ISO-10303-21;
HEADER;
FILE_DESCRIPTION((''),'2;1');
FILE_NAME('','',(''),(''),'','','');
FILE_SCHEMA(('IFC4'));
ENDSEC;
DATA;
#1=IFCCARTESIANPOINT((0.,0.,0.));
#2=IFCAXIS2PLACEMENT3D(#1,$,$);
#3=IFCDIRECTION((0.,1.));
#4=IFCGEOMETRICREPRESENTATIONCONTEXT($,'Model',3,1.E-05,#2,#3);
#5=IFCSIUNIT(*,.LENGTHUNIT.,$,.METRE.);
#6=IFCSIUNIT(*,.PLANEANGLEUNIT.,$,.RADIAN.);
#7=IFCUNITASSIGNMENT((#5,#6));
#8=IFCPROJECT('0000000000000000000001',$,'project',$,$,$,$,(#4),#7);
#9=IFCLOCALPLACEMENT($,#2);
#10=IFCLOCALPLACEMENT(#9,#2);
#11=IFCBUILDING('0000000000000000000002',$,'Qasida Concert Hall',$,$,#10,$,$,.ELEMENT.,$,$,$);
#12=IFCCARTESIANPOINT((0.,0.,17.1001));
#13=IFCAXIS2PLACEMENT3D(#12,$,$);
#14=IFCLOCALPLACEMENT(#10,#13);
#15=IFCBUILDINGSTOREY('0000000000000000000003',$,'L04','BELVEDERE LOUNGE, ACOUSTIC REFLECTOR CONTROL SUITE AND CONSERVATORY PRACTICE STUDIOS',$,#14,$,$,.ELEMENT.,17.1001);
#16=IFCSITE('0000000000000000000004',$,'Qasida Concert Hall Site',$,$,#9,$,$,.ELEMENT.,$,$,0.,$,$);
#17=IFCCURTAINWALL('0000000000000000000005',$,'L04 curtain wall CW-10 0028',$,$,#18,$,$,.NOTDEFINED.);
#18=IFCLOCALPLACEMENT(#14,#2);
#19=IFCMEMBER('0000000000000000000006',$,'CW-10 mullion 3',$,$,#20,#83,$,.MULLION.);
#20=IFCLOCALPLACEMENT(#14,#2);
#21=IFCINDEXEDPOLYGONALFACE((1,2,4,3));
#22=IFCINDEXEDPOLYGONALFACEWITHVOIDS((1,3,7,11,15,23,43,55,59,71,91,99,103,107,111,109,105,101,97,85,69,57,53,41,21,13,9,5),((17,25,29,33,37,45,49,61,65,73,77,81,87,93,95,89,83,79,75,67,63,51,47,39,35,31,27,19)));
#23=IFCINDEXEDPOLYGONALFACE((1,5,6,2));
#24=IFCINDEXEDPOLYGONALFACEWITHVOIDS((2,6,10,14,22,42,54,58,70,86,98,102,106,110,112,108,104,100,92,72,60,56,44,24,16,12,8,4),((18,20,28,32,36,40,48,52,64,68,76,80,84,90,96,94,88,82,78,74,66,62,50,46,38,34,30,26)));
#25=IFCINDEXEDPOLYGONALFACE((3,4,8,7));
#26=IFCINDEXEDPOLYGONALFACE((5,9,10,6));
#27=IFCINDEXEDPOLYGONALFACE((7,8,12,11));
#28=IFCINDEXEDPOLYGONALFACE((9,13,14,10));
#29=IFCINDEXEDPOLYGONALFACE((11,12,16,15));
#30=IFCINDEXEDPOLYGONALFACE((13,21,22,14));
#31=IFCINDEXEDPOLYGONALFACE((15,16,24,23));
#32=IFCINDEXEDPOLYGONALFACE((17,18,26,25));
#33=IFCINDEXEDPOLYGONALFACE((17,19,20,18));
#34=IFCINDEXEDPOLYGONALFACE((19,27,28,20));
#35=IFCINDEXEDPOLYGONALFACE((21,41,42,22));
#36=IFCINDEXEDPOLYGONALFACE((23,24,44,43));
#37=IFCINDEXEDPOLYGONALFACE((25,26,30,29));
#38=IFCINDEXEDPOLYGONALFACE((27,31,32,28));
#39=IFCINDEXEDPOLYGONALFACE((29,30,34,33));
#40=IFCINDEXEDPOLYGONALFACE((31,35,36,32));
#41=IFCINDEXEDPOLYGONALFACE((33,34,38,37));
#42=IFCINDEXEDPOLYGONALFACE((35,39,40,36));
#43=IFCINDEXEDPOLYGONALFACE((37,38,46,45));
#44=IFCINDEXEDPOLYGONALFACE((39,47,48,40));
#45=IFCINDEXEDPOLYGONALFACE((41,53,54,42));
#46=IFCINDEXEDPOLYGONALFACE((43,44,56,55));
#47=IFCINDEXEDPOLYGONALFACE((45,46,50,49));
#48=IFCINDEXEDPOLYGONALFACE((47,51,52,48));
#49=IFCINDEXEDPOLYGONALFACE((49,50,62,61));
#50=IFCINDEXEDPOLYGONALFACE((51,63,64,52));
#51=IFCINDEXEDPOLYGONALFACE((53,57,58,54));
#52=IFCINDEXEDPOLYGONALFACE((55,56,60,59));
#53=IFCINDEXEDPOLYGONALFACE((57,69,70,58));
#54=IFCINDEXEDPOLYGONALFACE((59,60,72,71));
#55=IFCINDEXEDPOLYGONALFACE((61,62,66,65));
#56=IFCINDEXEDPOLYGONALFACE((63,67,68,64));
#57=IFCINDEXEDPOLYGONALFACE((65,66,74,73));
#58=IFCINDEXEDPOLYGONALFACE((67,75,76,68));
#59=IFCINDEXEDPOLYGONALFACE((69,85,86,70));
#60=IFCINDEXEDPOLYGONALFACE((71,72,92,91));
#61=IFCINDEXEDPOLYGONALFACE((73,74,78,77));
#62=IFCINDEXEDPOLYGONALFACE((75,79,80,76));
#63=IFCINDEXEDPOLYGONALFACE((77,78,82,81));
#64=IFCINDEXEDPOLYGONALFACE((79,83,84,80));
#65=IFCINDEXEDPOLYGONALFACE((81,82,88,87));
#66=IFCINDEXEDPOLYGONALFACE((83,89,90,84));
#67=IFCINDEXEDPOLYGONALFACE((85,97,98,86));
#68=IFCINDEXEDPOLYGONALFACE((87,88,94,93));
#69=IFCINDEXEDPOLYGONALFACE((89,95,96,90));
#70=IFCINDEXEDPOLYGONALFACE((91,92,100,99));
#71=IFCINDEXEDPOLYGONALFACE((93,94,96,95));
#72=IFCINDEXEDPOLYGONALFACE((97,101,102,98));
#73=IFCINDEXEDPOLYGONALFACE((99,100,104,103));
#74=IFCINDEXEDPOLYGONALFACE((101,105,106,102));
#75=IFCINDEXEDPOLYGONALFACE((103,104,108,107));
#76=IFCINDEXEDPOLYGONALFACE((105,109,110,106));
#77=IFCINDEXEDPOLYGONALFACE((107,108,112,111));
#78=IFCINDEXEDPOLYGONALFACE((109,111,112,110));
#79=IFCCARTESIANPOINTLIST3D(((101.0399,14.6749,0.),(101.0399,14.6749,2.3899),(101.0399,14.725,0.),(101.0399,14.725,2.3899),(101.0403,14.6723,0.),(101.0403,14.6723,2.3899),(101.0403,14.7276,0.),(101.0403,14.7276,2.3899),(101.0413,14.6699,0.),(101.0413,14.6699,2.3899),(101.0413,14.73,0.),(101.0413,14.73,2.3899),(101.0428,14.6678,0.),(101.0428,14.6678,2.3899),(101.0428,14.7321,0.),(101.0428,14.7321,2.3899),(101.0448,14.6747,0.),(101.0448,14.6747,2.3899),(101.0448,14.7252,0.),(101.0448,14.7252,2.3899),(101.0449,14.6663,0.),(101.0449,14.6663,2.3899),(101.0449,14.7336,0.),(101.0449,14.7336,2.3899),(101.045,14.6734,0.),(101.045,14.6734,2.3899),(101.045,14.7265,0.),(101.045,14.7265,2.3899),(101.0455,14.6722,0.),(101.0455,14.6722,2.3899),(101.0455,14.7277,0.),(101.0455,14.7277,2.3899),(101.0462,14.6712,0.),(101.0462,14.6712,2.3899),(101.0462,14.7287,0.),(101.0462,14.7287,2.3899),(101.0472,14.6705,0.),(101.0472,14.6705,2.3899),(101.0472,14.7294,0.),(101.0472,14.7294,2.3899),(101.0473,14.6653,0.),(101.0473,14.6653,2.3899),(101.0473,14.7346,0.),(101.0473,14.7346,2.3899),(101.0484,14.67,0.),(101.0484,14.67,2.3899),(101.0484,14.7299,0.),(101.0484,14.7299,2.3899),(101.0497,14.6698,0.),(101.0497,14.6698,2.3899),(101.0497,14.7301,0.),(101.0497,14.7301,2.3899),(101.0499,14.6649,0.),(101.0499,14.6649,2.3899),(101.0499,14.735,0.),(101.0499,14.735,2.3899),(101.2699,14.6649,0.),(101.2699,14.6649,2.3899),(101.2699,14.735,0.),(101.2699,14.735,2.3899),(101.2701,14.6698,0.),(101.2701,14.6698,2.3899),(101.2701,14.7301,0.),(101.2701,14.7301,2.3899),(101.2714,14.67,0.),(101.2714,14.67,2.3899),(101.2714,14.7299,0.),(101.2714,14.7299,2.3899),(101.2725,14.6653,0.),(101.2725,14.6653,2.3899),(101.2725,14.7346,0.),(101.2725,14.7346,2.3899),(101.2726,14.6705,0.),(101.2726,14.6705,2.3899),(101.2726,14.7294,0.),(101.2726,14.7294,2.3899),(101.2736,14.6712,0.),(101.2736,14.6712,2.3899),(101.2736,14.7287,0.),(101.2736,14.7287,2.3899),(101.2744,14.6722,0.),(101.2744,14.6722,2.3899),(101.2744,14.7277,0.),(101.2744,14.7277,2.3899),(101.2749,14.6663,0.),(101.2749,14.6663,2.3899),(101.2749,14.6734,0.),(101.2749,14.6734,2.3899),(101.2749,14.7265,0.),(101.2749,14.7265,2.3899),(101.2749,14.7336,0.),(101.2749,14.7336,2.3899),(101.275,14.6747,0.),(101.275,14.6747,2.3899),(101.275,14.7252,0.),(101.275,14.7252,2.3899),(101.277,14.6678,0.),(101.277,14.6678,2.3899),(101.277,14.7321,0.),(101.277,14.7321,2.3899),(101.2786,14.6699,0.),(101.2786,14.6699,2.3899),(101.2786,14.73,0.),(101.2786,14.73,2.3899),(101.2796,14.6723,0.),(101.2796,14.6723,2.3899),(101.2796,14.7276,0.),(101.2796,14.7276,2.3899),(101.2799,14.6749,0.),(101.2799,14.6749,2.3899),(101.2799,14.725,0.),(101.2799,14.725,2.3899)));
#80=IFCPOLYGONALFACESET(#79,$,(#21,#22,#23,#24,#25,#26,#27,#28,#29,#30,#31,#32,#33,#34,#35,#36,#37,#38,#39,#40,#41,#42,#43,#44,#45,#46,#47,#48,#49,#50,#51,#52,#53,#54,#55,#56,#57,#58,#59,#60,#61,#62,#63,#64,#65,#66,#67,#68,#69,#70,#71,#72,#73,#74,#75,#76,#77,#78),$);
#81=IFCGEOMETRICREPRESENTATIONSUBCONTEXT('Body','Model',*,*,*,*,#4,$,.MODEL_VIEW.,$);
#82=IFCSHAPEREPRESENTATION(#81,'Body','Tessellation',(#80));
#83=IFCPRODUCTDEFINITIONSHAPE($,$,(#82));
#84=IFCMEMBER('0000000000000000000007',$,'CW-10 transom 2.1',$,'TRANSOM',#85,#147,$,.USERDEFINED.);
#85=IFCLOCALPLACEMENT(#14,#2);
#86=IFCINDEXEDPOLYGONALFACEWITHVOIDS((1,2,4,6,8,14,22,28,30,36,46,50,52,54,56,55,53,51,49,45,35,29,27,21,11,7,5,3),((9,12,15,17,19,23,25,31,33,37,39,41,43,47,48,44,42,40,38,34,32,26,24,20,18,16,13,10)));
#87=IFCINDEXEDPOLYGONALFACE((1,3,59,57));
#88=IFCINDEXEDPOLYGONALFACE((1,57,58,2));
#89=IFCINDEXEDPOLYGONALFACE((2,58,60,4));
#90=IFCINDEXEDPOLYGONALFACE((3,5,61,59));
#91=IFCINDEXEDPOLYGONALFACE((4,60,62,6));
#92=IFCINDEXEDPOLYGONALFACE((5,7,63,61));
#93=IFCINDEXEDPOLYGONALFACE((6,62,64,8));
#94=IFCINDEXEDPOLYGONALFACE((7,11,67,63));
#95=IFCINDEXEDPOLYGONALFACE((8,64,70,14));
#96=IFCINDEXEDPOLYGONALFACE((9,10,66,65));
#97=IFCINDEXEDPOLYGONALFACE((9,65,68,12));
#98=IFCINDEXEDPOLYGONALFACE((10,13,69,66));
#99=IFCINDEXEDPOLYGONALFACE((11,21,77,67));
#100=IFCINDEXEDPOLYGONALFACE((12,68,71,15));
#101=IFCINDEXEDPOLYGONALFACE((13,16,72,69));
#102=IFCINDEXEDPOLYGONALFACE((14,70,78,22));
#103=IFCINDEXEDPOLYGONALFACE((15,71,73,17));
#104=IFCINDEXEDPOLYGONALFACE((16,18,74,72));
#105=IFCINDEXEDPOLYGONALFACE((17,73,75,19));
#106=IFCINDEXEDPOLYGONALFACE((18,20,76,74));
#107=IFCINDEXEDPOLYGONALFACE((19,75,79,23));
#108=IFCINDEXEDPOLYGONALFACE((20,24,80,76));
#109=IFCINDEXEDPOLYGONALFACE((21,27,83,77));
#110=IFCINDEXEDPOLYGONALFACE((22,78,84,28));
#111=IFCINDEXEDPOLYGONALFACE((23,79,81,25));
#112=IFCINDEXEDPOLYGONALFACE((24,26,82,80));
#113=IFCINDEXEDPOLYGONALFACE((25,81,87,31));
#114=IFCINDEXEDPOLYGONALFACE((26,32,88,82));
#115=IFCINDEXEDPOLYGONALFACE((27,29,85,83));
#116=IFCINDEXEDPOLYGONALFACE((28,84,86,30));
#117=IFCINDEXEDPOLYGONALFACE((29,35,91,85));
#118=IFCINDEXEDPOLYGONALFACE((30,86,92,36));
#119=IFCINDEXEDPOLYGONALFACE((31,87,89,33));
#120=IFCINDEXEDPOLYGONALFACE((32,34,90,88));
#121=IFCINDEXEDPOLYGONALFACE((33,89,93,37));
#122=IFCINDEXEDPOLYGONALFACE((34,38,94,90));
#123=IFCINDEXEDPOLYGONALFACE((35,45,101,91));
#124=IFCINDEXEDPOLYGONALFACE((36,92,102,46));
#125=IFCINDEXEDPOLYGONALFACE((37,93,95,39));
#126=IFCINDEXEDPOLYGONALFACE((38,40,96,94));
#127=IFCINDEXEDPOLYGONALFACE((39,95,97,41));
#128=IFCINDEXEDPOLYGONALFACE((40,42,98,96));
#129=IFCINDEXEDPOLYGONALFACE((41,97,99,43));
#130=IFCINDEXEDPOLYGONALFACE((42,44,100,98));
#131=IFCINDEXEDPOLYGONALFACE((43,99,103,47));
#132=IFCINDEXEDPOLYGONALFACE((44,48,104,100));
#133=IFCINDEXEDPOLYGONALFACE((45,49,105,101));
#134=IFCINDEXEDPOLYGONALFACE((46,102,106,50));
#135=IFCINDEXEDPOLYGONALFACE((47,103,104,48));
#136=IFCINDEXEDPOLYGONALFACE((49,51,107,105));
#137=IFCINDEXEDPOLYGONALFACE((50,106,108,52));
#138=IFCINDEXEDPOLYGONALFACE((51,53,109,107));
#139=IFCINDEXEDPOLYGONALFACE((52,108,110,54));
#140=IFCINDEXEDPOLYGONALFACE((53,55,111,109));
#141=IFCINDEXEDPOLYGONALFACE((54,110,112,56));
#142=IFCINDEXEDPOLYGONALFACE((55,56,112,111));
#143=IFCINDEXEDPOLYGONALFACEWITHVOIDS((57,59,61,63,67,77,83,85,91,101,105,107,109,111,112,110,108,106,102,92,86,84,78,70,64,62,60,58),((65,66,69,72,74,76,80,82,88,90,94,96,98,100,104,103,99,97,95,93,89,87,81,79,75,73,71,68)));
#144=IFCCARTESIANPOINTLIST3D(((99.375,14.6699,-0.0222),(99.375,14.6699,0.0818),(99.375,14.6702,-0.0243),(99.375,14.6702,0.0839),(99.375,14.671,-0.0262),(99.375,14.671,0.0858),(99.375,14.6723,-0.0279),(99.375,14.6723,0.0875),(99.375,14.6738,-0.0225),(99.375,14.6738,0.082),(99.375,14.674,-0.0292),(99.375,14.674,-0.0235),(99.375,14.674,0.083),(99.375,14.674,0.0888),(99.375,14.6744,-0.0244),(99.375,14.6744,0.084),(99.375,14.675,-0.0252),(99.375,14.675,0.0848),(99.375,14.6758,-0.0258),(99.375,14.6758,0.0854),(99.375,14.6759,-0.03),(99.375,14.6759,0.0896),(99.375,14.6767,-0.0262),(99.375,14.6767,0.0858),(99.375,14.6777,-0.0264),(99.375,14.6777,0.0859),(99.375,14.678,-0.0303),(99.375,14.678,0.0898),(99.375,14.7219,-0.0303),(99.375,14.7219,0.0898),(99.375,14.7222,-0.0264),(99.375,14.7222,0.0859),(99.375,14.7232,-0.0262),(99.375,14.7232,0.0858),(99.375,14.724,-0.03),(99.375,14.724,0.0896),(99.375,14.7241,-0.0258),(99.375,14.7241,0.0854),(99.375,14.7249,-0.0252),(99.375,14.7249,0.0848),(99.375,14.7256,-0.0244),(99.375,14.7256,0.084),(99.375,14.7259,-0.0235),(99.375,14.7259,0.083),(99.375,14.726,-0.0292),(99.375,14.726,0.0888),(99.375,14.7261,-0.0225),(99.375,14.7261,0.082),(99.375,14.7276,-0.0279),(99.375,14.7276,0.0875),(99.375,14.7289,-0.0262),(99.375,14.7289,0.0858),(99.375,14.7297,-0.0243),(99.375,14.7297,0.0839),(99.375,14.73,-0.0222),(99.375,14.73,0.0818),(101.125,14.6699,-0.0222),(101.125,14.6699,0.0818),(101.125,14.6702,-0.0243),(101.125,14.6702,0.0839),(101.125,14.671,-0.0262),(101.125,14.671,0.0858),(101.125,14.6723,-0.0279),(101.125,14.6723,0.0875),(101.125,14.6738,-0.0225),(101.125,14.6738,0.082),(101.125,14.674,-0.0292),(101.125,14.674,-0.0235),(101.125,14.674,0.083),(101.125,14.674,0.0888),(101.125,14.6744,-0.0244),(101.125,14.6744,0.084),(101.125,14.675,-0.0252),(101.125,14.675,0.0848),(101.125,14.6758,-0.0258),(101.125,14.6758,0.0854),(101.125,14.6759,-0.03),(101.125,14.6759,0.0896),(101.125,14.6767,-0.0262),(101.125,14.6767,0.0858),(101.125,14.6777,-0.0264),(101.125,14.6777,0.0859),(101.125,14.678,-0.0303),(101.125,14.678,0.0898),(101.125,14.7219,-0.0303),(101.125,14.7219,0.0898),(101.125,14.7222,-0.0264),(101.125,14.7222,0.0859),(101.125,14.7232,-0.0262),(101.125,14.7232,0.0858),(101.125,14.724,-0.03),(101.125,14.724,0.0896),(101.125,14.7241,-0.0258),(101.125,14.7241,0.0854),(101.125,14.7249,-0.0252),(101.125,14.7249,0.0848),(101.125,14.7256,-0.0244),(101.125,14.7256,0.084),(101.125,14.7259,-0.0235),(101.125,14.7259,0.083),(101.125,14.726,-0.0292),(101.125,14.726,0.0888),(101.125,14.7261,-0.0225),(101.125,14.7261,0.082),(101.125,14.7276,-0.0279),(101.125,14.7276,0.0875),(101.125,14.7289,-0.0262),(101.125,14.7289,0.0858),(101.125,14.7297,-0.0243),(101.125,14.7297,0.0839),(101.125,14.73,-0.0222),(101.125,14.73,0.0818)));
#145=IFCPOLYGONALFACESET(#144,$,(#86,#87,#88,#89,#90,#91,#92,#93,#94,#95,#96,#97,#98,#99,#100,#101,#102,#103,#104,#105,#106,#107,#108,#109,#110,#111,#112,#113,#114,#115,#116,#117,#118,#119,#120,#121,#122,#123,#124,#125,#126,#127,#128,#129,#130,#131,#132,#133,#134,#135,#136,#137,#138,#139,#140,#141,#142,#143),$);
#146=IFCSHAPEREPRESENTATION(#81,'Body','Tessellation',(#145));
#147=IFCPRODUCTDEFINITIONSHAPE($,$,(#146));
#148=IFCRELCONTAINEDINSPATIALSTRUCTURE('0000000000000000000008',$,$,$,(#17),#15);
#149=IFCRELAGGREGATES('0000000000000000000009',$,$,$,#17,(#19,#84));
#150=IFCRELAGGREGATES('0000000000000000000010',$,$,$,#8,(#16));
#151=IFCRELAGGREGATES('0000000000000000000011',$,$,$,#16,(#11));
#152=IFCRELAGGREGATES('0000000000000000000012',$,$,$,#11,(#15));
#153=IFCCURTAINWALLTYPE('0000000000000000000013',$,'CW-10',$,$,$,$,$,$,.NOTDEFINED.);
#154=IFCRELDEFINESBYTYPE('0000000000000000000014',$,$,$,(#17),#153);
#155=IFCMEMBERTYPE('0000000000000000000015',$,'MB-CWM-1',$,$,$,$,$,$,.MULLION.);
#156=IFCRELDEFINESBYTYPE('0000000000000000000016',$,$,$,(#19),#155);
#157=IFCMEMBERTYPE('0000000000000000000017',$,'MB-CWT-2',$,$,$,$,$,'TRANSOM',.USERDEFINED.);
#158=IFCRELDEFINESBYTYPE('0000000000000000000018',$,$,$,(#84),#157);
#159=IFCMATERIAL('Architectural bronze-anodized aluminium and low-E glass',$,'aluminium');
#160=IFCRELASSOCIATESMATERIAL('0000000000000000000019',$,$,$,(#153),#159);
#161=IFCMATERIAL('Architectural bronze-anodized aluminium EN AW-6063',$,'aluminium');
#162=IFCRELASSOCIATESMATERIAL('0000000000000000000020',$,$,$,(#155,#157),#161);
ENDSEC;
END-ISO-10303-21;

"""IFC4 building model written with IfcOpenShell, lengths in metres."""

from ifc_helpers import new_model, si_unit, direction, frame, origin, origin_2d, place, context, subcontext, project, spatial, hollow_rectangle, extrude, material, material_profile, profile_set, type_object, element, aggregate, save


model = new_model("IFC4")

# Units and contexts
model_context = context("Model", 3, precision=1e-05, world=origin(), true_north=direction((0.0, 1.0)))
body_context = subcontext(model_context, "Body", "Model", "MODEL_VIEW")
ifc_project = project(units=[si_unit("LENGTHUNIT", "METRE"), si_unit("PLANEANGLEUNIT", "RADIAN")], contexts=[model_context])

# Site, building, storey
site_placement = place(None, origin())
site = spatial("IfcSite", under=ifc_project, at=site_placement, Name="Qasida Concert Hall Site", CompositionType="ELEMENT", RefElevation=0.0)
building_placement = place(site_placement, origin())
building = spatial("IfcBuilding", under=site, at=building_placement, Name="Qasida Concert Hall", CompositionType="ELEMENT")
storey_placement = place(building_placement, frame((0.0, 0.0, 17.1001)))
storey = spatial("IfcBuildingStorey", under=building, at=storey_placement, Name="L04", Description="BELVEDERE LOUNGE, ACOUSTIC REFLECTOR CONTROL SUITE AND CONSERVATORY PRACTICE STUDIOS", CompositionType="ELEMENT", Elevation=17.1001)

# Curtain wall, members
ifc_material_1 = material(Name="Architectural bronze-anodized aluminium and low-E glass", Category="aluminium")
curtain_wall_type = type_object("IfcCurtainWallType", Name="CW-10", PredefinedType="NOTDEFINED", material=ifc_material_1)
curtain_wall_placement = place(storey_placement, origin())
curtain_wall = element("IfcCurtainWall", 1, at=curtain_wall_placement, inside=storey, type_object=curtain_wall_type, Name="L04 curtain wall CW-10 0028", PredefinedType="NOTDEFINED")
ifc_material_2 = material(Name="Architectural bronze-anodized aluminium EN AW-6063", Category="aluminium")
ifc_material_profile_1 = material_profile(ifc_material_2, hollow_rectangle(XDim=0.0701, YDim=0.24, WallThickness=0.0049, InnerFilletRadius=0.0049, OuterFilletRadius=0.01, at=origin_2d()), Name="CWM 240x70x5")
ifc_profile_set_1 = profile_set([ifc_material_profile_1], Name="Architectural bronze-anodized aluminium EN AW-6063")
member_type_1 = type_object("IfcMemberType", Name="MB-CWM-1", PredefinedType="MULLION", material=ifc_profile_set_1)
member_1_placement = place(storey_placement, frame((101.1599, 14.7, 0.0), z_axis=(0.0, 0.0, 1.0), x_axis=(0.0, 1.0, 0.0)))
member_1 = element("IfcMember", 2, at=member_1_placement, type_object=member_type_1, Name="CW-10 mullion 3", PredefinedType="MULLION", context=body_context, shape_type="SweptSolid", body=[
    extrude(hollow_rectangle(XDim=0.0701, YDim=0.24, WallThickness=0.0049, InnerFilletRadius=0.0049, OuterFilletRadius=0.01, at=origin_2d()), origin(), (0.0, 0.0, 1.0), 2.3899),
])
ifc_material_profile_2 = material_profile(ifc_material_2, hollow_rectangle(XDim=0.0601, YDim=0.1201, WallThickness=0.0039, InnerFilletRadius=0.0039, OuterFilletRadius=0.0081, at=origin_2d()), Name="CWT 120x60x4")
ifc_profile_set_2 = profile_set([ifc_material_profile_2], Name="Architectural bronze-anodized aluminium EN AW-6063")
member_type_2 = type_object("IfcMemberType", Name="MB-CWT-2", ElementType="TRANSOM", PredefinedType="USERDEFINED", material=ifc_profile_set_2)
member_2_placement = place(storey_placement, frame((99.375, 14.7, 0.0298), z_axis=(1.0, 0.0, 0.0), x_axis=(0.0, 1.0, 0.0)))
member_2 = element("IfcMember", 3, at=member_2_placement, type_object=member_type_2, Name="CW-10 transom 2.1", ObjectType="TRANSOM", PredefinedType="USERDEFINED", context=body_context, shape_type="SweptSolid", body=[
    extrude(hollow_rectangle(XDim=0.0601, YDim=0.1201, WallThickness=0.0039, InnerFilletRadius=0.0039, OuterFilletRadius=0.0081, at=origin_2d()), origin(), (0.0, 0.0, 1.0), 1.75),
])
aggregate(curtain_wall, [member_1, member_2])

save(model, "model.ifc")
